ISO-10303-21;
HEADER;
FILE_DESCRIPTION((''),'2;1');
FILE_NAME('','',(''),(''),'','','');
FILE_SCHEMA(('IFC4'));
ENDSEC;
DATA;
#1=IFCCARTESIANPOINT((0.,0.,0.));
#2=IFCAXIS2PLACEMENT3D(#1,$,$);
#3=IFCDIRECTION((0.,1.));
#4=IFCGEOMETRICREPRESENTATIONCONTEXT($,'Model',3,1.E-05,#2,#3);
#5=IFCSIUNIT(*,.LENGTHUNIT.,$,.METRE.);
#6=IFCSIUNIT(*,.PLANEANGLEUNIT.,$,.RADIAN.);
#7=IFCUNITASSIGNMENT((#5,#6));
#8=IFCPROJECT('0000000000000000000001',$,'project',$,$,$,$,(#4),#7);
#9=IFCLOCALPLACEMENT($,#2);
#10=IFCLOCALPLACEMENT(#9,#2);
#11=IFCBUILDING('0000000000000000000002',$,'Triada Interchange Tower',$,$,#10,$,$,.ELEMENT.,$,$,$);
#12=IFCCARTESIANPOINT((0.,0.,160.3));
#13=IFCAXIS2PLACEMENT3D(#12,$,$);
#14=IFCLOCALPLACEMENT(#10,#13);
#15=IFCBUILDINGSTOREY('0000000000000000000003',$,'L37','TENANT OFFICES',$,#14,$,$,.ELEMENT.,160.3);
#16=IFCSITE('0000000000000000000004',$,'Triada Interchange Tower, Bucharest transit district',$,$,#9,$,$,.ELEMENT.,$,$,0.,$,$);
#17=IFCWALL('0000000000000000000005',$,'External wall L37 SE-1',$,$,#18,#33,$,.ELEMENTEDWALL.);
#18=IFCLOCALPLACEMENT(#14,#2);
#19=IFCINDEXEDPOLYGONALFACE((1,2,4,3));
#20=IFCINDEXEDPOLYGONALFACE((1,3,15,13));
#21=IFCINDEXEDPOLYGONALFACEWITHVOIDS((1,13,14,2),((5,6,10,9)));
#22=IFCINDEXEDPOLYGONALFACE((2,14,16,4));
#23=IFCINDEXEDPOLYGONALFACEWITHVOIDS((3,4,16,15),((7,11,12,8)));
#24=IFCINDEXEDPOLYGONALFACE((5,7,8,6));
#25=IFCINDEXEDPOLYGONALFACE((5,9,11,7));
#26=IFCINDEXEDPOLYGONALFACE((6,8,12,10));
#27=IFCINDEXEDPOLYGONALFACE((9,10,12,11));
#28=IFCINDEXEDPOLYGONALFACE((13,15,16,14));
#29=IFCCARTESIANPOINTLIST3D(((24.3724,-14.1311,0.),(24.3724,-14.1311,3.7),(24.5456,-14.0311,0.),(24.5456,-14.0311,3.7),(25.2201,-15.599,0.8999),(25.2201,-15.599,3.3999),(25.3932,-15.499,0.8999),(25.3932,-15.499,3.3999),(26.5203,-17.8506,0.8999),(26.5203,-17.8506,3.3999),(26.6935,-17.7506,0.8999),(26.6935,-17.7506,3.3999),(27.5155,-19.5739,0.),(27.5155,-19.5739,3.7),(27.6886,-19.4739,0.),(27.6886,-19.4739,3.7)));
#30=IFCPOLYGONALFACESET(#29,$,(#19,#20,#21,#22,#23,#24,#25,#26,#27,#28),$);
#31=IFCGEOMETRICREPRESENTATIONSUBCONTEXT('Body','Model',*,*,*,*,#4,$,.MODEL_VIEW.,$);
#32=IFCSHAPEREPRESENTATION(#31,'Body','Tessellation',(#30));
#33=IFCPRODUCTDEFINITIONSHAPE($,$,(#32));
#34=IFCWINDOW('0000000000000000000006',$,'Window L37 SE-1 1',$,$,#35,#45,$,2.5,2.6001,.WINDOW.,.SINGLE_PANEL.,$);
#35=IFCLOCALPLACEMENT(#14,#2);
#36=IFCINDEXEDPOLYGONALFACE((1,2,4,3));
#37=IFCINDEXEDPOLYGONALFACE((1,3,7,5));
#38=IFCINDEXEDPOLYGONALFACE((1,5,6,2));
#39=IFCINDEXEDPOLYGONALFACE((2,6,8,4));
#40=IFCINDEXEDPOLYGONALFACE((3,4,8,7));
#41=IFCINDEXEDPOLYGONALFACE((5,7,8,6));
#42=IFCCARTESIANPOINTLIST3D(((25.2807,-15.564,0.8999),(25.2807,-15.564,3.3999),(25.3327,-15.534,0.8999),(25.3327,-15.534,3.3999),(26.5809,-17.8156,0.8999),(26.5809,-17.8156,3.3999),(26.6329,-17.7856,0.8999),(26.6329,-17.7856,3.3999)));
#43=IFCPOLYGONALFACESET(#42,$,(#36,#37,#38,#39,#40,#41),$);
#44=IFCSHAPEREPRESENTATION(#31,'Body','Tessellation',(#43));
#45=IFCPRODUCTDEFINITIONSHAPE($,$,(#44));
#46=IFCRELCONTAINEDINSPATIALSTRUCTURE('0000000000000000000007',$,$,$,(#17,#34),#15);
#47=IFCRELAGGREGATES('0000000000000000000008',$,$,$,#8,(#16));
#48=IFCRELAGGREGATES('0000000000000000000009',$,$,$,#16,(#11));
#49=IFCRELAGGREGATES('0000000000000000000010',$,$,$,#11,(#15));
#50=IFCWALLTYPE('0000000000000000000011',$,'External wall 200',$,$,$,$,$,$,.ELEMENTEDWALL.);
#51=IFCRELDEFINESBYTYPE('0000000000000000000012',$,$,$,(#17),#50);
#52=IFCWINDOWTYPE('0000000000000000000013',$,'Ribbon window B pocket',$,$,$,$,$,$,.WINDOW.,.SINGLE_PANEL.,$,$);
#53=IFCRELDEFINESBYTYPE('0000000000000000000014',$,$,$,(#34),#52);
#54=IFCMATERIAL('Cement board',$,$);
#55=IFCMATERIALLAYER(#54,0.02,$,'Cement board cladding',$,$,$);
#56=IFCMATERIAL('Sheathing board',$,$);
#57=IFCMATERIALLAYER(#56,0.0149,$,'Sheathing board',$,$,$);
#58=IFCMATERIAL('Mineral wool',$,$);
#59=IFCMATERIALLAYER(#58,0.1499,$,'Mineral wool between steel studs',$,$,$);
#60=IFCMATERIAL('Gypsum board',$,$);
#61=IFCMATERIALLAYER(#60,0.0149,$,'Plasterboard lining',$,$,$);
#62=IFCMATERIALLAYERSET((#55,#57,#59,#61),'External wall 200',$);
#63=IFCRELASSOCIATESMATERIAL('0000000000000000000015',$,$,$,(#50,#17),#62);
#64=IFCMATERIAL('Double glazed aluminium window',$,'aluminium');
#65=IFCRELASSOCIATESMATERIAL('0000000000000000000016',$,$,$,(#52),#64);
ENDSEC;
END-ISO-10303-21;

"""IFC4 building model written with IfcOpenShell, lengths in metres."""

from ifc_helpers import new_model, si_unit, direction, frame, frame_2d, origin, place, context, subcontext, project, spatial, rectangle, extrude, material, layer, layer_set, layer_usage, type_object, element, fill, save


model = new_model("IFC4")

# Units and contexts
model_context = context("Model", 3, precision=1e-05, world=origin(), true_north=direction((0.0, 1.0)))
body_context = subcontext(model_context, "Body", "Model", "MODEL_VIEW")
ifc_project = project(units=[si_unit("LENGTHUNIT", "METRE"), si_unit("PLANEANGLEUNIT", "RADIAN")], contexts=[model_context])

# Site, building, storey
site_placement = place(None, origin())
site = spatial("IfcSite", under=ifc_project, at=site_placement, Name="Triada Interchange Tower, Bucharest transit district", CompositionType="ELEMENT", RefElevation=0.0)
building_placement = place(site_placement, origin())
building = spatial("IfcBuilding", under=site, at=building_placement, Name="Triada Interchange Tower", CompositionType="ELEMENT")
storey_placement = place(building_placement, frame((0.0, 0.0, 160.3)))
storey = spatial("IfcBuildingStorey", under=building, at=storey_placement, Name="L37", Description="TENANT OFFICES", CompositionType="ELEMENT", Elevation=160.3)

# Wall, opening, window
ifc_material_1 = material(Name="Cement board")
ifc_layer_1 = layer(ifc_material_1, 0.02, Name="Cement board cladding")
ifc_material_2 = material(Name="Sheathing board")
ifc_layer_2 = layer(ifc_material_2, 0.0149, Name="Sheathing board")
ifc_material_3 = material(Name="Mineral wool")
ifc_layer_3 = layer(ifc_material_3, 0.1499, Name="Mineral wool between steel studs")
ifc_material_4 = material(Name="Gypsum board")
ifc_layer_4 = layer(ifc_material_4, 0.0149, Name="Plasterboard lining")
ifc_layer_set_1 = layer_set([ifc_layer_1, ifc_layer_2, ifc_layer_3, ifc_layer_4], Name="External wall 200")
ifc_layer_usage = layer_usage(ifc_layer_set_1, "AXIS2", "POSITIVE", -0.1001)
wall_type = type_object("IfcWallType", Name="External wall 200", PredefinedType="ELEMENTEDWALL", material=ifc_layer_set_1)
wall_1_placement = place(storey_placement, frame((27.6021, -19.5239, 0.0), z_axis=(0.0, 0.0, 1.0), x_axis=(-0.500074, 0.865982, 0.0)))
wall_1 = element("IfcWall", 1, at=wall_1_placement, inside=storey, type_object=wall_type, material=ifc_layer_usage, Name="External wall L37 SE-1", PredefinedType="ELEMENTEDWALL", context=body_context, shape_type="SweptSolid", body=[
    extrude(rectangle(XDim=6.2852, YDim=0.2, at=frame_2d((3.1426, 0.0))), origin(), (0.0, 0.0, 1.0), 3.7),
])
opening_1_placement = place(wall_1_placement, frame((1.99, 0.0, 0.8999)))
opening_1 = element("IfcOpeningElement", 2, at=opening_1_placement, cuts=wall_1, PredefinedType="OPENING", context=body_context, shape_type="SweptSolid", body=[
    extrude(rectangle(XDim=2.6001, YDim=2.5, at=frame_2d((1.3, 1.25))), frame((0.0, 0.1099, 0.0), z_axis=(0.0, -1.0, 0.0), x_axis=(1.0, 0.0, 0.0)), (0.0, 0.0, 1.0), 0.22),
])
ifc_material_5 = material(Name="Double glazed aluminium window", Category="aluminium")
window_type_1 = type_object("IfcWindowType", Name="Ribbon window B pocket", PartitioningType="SINGLE_PANEL", PredefinedType="WINDOW", material=ifc_material_5)
window_1_placement = place(opening_1_placement, origin())
window_1 = element("IfcWindow", 3, at=window_1_placement, inside=storey, type_object=window_type_1, Name="Window L37 SE-1 1", OverallHeight=2.5, OverallWidth=2.6001, PartitioningType="SINGLE_PANEL", PredefinedType="WINDOW", context=body_context, shape_type="SweptSolid", body=[
    extrude(rectangle(XDim=2.6001, YDim=2.5, at=frame_2d((1.3, 1.25))), frame((0.0, 0.03, 0.0), z_axis=(0.0, -1.0, 0.0), x_axis=(1.0, 0.0, 0.0)), (0.0, 0.0, 1.0), 0.0601),
])
fill(opening_1, window_1)

save(model, "model.ifc")
